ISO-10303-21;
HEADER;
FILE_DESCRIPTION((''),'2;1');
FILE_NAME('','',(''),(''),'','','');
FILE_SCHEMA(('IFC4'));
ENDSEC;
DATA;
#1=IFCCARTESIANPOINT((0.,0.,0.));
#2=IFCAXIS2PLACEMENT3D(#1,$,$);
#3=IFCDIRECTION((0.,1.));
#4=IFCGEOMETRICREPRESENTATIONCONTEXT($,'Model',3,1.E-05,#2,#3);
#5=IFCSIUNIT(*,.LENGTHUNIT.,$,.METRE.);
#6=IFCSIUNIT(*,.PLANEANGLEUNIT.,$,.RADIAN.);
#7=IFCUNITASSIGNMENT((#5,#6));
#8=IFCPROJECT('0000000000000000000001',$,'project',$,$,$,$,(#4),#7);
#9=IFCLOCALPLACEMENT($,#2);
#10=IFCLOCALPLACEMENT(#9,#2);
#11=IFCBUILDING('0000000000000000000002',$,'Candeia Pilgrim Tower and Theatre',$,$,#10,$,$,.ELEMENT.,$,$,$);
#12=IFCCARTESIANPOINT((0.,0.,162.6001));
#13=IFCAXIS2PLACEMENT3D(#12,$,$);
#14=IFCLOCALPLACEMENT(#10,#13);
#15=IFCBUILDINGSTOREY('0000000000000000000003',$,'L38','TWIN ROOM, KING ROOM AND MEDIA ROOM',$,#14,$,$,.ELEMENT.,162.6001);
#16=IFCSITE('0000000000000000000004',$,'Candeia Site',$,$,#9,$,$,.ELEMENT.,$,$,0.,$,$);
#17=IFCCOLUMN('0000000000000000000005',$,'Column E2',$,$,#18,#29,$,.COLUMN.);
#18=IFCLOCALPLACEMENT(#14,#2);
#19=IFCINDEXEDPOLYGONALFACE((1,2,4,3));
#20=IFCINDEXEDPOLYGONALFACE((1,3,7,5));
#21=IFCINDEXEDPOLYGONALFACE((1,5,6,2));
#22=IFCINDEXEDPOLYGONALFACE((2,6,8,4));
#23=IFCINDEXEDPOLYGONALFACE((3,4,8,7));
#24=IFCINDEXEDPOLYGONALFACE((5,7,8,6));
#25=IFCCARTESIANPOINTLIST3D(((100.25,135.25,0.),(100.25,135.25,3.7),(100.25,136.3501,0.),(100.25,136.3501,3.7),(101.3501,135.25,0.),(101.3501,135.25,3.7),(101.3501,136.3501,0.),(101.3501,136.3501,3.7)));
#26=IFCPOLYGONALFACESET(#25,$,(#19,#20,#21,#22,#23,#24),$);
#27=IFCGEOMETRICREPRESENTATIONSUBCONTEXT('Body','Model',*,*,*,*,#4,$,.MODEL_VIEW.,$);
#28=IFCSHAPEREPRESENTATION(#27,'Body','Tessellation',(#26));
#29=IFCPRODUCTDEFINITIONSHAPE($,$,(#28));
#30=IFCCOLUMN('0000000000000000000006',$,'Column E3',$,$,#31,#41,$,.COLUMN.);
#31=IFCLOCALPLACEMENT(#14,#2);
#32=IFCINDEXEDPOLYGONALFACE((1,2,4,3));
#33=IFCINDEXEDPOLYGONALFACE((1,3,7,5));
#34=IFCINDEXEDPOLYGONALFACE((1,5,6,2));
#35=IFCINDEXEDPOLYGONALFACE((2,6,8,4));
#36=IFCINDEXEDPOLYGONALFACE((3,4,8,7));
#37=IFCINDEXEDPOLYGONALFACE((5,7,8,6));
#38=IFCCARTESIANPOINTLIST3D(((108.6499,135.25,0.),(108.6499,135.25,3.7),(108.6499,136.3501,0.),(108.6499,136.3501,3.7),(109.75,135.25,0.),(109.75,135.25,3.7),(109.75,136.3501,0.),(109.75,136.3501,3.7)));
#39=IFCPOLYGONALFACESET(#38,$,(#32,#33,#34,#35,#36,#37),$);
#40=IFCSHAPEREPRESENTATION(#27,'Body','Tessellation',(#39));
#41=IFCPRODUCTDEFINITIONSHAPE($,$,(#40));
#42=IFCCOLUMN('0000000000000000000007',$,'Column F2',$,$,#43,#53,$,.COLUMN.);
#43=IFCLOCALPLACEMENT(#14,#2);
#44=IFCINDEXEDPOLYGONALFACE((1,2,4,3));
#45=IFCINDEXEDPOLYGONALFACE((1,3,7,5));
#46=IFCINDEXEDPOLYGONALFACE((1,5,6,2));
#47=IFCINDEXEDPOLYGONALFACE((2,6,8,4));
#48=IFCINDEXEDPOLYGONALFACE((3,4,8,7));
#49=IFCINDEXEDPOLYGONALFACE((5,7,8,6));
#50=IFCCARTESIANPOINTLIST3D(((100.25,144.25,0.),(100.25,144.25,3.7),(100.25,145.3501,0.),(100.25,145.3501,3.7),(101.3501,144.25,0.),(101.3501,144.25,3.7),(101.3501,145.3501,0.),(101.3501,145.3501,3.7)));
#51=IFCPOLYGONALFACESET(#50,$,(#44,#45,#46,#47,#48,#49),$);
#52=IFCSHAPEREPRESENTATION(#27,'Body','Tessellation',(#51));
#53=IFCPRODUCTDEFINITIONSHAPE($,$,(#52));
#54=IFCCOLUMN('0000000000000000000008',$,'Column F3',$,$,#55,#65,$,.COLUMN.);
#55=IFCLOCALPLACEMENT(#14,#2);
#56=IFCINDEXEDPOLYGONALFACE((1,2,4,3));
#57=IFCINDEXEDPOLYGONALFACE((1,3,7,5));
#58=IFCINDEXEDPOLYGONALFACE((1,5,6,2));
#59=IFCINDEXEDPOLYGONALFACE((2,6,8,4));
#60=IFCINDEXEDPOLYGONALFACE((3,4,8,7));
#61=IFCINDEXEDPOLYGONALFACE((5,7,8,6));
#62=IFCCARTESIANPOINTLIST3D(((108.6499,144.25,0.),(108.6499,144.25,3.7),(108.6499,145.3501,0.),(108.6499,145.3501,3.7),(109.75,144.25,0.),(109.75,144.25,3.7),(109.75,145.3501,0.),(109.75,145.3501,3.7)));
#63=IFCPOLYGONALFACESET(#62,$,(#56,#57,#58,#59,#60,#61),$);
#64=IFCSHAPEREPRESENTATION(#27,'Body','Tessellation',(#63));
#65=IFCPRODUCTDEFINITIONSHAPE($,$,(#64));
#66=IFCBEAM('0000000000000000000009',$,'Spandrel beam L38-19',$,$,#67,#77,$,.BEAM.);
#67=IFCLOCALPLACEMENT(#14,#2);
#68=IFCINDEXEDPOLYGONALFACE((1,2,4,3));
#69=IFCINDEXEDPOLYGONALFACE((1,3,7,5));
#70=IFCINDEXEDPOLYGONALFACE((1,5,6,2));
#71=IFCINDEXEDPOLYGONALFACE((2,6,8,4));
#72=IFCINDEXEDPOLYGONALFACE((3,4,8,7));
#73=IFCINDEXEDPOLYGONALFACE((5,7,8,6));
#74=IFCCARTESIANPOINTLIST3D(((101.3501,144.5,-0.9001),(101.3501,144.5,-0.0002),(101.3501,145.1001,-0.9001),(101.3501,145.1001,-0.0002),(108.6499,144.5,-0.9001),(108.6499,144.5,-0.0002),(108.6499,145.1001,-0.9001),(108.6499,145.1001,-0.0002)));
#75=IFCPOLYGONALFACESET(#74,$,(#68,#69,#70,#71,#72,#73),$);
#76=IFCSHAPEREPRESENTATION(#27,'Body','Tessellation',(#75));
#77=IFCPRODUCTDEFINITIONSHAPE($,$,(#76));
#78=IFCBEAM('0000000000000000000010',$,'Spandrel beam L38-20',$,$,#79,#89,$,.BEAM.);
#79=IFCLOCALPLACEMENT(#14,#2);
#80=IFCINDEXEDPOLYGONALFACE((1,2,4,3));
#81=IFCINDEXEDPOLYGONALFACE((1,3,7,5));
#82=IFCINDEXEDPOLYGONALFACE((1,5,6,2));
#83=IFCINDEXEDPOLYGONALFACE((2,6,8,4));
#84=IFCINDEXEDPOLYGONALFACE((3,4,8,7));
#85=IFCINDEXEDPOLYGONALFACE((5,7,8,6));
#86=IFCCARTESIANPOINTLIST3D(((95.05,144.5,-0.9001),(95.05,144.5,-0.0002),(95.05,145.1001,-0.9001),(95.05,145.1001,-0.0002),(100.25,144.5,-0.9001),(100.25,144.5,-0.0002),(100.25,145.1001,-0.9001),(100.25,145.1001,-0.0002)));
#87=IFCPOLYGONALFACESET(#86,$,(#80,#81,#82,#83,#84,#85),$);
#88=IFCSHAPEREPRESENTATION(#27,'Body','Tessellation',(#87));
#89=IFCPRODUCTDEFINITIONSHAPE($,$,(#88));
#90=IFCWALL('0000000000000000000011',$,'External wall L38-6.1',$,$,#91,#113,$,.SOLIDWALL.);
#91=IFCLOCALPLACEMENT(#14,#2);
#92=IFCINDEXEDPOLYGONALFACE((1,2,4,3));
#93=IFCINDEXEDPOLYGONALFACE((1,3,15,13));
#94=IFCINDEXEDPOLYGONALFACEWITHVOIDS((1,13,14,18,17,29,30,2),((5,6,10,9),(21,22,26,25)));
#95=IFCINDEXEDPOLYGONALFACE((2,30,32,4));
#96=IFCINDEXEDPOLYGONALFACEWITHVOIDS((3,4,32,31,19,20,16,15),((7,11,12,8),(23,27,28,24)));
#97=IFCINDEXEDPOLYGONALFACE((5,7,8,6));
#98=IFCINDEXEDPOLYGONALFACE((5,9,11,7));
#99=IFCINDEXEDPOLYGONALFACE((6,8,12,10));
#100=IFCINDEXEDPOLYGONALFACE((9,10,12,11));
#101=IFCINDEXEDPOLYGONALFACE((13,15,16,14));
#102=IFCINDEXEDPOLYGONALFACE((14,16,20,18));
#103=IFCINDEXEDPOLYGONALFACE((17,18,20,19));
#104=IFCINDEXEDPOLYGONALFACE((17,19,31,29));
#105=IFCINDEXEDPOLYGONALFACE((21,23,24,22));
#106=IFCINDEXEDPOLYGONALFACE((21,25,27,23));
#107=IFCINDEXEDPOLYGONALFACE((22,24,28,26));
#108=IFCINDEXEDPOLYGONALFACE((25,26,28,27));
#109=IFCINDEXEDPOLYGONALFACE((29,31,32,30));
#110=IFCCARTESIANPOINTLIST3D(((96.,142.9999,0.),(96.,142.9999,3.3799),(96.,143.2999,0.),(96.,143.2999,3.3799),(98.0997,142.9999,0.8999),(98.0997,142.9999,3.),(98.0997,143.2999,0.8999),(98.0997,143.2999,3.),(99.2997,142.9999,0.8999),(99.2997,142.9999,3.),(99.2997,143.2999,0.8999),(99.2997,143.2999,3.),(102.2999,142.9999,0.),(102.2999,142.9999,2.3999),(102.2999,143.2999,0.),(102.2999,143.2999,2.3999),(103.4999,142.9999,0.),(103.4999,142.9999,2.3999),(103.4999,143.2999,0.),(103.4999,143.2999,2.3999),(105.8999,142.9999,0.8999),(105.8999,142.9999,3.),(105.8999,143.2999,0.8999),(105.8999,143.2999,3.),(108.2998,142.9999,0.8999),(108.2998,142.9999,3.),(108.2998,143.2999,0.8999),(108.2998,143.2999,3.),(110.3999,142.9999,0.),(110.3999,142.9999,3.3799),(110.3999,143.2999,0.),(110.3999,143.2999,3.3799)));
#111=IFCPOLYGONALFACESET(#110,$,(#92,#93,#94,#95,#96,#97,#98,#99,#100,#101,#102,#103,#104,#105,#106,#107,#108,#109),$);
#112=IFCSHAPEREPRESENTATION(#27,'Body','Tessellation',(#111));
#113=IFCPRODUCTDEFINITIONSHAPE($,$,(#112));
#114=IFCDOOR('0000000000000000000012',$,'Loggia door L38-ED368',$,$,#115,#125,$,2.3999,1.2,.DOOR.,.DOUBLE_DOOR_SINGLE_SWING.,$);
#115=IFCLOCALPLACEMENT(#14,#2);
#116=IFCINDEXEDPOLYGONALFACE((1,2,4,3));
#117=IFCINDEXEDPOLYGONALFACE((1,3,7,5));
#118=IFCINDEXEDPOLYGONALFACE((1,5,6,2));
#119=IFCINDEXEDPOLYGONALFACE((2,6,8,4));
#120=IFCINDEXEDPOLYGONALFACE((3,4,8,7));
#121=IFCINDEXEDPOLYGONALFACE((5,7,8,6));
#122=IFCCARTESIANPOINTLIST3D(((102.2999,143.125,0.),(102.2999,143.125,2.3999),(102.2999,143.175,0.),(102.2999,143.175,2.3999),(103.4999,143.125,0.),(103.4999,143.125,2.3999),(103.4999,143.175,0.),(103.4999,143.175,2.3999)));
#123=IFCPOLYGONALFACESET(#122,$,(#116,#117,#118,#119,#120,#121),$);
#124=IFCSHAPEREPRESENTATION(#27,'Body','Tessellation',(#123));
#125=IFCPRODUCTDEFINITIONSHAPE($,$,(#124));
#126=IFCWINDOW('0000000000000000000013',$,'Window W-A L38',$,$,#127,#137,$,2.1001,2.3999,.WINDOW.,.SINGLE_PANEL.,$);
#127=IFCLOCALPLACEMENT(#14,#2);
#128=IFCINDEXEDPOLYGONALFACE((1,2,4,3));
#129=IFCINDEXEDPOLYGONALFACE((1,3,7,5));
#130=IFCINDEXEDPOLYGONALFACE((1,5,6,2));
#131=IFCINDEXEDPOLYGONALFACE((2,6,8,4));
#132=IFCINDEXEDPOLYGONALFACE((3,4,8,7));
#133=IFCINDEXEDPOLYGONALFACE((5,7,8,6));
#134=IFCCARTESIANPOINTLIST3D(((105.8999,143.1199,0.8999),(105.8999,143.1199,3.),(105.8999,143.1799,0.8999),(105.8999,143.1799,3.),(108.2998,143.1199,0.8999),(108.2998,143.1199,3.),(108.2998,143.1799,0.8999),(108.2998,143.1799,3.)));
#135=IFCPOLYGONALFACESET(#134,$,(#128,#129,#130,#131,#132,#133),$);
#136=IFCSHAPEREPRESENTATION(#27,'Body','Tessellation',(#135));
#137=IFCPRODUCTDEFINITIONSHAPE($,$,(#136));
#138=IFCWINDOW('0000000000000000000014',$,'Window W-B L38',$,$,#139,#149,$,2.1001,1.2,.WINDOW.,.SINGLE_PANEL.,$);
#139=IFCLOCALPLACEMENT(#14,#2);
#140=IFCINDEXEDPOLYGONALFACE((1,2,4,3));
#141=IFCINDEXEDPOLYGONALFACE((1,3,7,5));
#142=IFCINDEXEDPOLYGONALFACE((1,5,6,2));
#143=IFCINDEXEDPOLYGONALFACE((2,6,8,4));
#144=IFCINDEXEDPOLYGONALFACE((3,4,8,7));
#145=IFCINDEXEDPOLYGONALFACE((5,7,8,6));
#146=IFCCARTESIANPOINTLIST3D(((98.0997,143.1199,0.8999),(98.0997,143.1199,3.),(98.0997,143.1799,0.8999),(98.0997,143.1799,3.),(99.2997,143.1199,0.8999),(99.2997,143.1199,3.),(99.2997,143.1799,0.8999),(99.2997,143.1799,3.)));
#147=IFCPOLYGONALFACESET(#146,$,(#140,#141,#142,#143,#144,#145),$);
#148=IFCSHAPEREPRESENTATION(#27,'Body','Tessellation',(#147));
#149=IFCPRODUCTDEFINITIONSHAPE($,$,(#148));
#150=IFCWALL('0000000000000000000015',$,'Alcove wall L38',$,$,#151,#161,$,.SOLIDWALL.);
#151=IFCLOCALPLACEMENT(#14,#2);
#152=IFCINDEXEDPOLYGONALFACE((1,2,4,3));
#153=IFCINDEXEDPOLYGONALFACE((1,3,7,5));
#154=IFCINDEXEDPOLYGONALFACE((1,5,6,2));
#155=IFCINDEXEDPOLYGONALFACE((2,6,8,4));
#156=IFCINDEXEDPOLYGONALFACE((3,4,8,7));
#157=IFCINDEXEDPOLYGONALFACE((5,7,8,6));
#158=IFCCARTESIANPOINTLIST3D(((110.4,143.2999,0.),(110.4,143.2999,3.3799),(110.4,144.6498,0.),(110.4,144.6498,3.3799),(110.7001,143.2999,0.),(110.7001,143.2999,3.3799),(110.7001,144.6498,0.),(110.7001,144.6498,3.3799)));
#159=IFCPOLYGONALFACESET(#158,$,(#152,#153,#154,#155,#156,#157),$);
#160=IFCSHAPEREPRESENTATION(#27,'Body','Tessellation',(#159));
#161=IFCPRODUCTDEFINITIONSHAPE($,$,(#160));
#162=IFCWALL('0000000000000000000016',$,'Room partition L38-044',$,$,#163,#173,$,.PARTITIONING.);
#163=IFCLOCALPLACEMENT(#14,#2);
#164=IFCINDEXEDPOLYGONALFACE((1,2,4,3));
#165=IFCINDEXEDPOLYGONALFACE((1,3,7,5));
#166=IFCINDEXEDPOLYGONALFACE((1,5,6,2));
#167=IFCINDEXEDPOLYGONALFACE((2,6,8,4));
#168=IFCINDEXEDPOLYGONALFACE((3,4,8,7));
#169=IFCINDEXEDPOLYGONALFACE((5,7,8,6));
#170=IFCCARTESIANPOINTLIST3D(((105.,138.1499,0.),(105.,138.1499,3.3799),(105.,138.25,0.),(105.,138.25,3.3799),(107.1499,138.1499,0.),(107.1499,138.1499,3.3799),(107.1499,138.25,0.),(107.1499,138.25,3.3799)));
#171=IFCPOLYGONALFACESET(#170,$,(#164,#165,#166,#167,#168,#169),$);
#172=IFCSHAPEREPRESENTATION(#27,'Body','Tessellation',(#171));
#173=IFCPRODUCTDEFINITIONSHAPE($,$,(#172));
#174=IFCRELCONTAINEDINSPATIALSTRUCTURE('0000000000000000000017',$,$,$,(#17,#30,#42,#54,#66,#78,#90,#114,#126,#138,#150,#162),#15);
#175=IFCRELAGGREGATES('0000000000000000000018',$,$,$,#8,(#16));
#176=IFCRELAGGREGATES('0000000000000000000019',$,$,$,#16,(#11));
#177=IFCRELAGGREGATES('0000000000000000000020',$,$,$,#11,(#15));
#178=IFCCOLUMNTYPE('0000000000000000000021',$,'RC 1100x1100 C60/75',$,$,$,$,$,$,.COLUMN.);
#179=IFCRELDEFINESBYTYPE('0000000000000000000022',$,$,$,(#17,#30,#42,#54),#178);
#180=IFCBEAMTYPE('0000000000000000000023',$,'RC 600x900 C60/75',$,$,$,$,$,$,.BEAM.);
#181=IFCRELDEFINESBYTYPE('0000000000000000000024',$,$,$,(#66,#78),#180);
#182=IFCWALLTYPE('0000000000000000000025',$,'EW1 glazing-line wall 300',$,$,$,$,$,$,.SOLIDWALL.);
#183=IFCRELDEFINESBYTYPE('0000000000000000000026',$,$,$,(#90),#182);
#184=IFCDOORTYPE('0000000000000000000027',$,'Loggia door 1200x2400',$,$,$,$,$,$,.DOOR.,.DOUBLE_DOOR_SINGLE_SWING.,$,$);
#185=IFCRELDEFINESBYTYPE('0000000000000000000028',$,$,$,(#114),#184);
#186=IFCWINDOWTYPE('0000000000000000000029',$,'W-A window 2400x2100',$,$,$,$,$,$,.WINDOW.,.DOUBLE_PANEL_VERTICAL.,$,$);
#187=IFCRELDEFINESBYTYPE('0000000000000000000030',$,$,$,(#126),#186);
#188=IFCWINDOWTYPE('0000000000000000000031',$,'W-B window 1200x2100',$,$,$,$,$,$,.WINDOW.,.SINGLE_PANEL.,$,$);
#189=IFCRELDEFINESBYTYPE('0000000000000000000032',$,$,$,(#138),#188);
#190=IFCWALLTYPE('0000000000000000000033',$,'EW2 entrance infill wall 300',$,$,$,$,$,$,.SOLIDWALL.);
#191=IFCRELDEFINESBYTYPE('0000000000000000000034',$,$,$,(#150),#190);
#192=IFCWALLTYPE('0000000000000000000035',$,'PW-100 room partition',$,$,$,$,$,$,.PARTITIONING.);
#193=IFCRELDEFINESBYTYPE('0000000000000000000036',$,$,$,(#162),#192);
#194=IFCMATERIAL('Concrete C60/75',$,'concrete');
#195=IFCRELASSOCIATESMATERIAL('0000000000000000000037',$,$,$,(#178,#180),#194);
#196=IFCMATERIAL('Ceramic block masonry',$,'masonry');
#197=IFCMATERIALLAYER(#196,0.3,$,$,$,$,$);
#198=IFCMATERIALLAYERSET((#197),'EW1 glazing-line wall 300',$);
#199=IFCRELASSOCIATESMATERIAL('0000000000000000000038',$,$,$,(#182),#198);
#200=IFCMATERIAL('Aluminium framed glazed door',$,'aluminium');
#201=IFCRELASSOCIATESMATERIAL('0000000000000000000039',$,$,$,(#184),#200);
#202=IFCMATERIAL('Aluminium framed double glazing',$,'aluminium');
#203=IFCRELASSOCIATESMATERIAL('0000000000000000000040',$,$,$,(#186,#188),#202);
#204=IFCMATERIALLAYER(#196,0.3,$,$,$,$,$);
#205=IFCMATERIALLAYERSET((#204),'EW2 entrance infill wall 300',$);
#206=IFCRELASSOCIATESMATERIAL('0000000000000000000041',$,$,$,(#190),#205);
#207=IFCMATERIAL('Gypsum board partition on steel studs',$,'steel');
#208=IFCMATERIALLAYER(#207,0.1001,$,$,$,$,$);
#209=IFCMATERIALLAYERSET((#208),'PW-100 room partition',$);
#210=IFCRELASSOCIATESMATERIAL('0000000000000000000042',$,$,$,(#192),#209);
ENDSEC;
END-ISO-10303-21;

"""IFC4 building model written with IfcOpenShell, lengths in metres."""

from ifc_helpers import new_model, si_unit, direction, frame, frame_2d, origin, origin_2d, place, context, subcontext, project, spatial, rectangle, extrude, material, layer, layer_set, material_profile, profile_set, type_object, element, fill, save


model = new_model("IFC4")

# Units and contexts
model_context = context("Model", 3, precision=1e-05, world=origin(), true_north=direction((0.0, 1.0)))
body_context = subcontext(model_context, "Body", "Model", "MODEL_VIEW")
ifc_project = project(units=[si_unit("LENGTHUNIT", "METRE"), si_unit("PLANEANGLEUNIT", "RADIAN")], contexts=[model_context])

# Site, building, storey
site_placement = place(None, origin())
site = spatial("IfcSite", under=ifc_project, at=site_placement, Name="Candeia Site", CompositionType="ELEMENT", RefElevation=0.0)
building_placement = place(site_placement, origin())
building = spatial("IfcBuilding", under=site, at=building_placement, Name="Candeia Pilgrim Tower and Theatre", CompositionType="ELEMENT")
storey_placement = place(building_placement, frame((0.0, 0.0, 162.6001)))
storey = spatial("IfcBuildingStorey", under=building, at=storey_placement, Name="L38", Description="TWIN ROOM, KING ROOM AND MEDIA ROOM", CompositionType="ELEMENT", Elevation=162.6001)

# Columns
ifc_material_1 = material(Name="Concrete C60/75", Category="concrete")
ifc_material_profile_1 = material_profile(ifc_material_1, rectangle(XDim=1.1001, YDim=1.1001, at=origin_2d()))
ifc_profile_set_1 = profile_set([ifc_material_profile_1], Name="Concrete C60/75")
column_type = type_object("IfcColumnType", Name="RC 1100x1100 C60/75", PredefinedType="COLUMN", material=ifc_profile_set_1)
for number, where, z_axis, x_axis, name in (
    (1, (100.8, 135.8, 0.0), (0.0, 0.0, 1.0), (1.0, 0.0, 0.0), "Column E2"),
    (2, (109.2, 135.8, 0.0), (0.0, 0.0, 1.0), (1.0, 0.0, 0.0), "Column E3"),
    (3, (100.8, 144.8, 0.0), (0.0, 0.0, 1.0), (1.0, 0.0, 0.0), "Column F2"),
    (4, (109.2, 144.8, 0.0), (0.0, 0.0, 1.0), (1.0, 0.0, 0.0), "Column F3"),
):
    element("IfcColumn", number, at=place(storey_placement, frame(where, z_axis=z_axis, x_axis=x_axis)), inside=storey, type_object=column_type, Name=name, PredefinedType="COLUMN", context=body_context, shape_type="SweptSolid", body=[
        extrude(rectangle(XDim=1.1001, YDim=1.1001, at=origin_2d()), origin(), (0.0, 0.0, 1.0), 3.7),
    ])

# Beams
ifc_material_profile_2 = material_profile(ifc_material_1, rectangle(XDim=0.6001, YDim=0.8999, at=origin_2d()))
ifc_profile_set_2 = profile_set([ifc_material_profile_2], Name="Concrete C60/75")
beam_type = type_object("IfcBeamType", Name="RC 600x900 C60/75", PredefinedType="BEAM", material=ifc_profile_set_2)
beam_1_placement = place(storey_placement, frame((108.6499, 144.8, -0.4502), z_axis=(-1.0, 0.0, 0.0), x_axis=(0.0, -1.0, 0.0)))
element("IfcBeam", 5, at=beam_1_placement, inside=storey, type_object=beam_type, Name="Spandrel beam L38-19", PredefinedType="BEAM", context=body_context, shape_type="SweptSolid", body=[
    extrude(rectangle(XDim=0.6001, YDim=0.8999, at=origin_2d()), origin(), (0.0, 0.0, 1.0), 7.2998),
])
beam_2_placement = place(storey_placement, frame((100.25, 144.8, -0.4502), z_axis=(-1.0, 0.0, 0.0), x_axis=(0.0, -1.0, 0.0)))
element("IfcBeam", 6, at=beam_2_placement, inside=storey, type_object=beam_type, Name="Spandrel beam L38-20", PredefinedType="BEAM", context=body_context, shape_type="SweptSolid", body=[
    extrude(rectangle(XDim=0.6001, YDim=0.8999, at=origin_2d()), origin(), (0.0, 0.0, 1.0), 5.2),
])

# Wall, openings, door, windows
ifc_material_2 = material(Name="Ceramic block masonry", Category="masonry")
ifc_layer_1 = layer(ifc_material_2, 0.3)
ifc_layer_set_1 = layer_set([ifc_layer_1], Name="EW1 glazing-line wall 300")
wall_type_1 = type_object("IfcWallType", Name="EW1 glazing-line wall 300", PredefinedType="SOLIDWALL", material=ifc_layer_set_1)
wall_1_placement = place(storey_placement, frame((110.3999, 143.1499, 0.0), z_axis=(0.0, 0.0, 1.0), x_axis=(-1.0, 0.0, 0.0)))
wall_1 = element("IfcWall", 7, at=wall_1_placement, inside=storey, type_object=wall_type_1, Name="External wall L38-6.1", PredefinedType="SOLIDWALL", context=body_context, shape_type="SweptSolid", body=[
    extrude(rectangle(XDim=14.3999, YDim=0.3, at=frame_2d((7.2, 0.0))), origin(), (0.0, 0.0, 1.0), 3.3799),
])
opening_1_placement = place(wall_1_placement, frame((2.1001, 0.0, 0.8999)))
opening_1 = element("IfcOpeningElement", 8, at=opening_1_placement, cuts=wall_1, PredefinedType="OPENING", context=body_context, shape_type="SweptSolid", body=[
    extrude(rectangle(XDim=2.3999, YDim=2.1001, at=frame_2d((1.2, 1.05))), frame((0.0, 0.1602, 0.0), z_axis=(0.0, -1.0, 0.0), x_axis=(1.0, 0.0, 0.0)), (0.0, 0.0, 1.0), 0.3201),
])
opening_2_placement = place(wall_1_placement, frame((6.8999, 0.0, 0.0)))
opening_2 = element("IfcOpeningElement", 9, at=opening_2_placement, cuts=wall_1, PredefinedType="OPENING", context=body_context, shape_type="SweptSolid", body=[
    extrude(rectangle(XDim=1.2, YDim=2.3999, at=frame_2d((0.6001, 1.2))), frame((0.0, 0.1602, 0.0), z_axis=(0.0, -1.0, 0.0), x_axis=(1.0, 0.0, 0.0)), (0.0, 0.0, 1.0), 0.3201),
])
opening_3_placement = place(wall_1_placement, frame((11.1001, 0.0, 0.8999)))
opening_3 = element("IfcOpeningElement", 10, at=opening_3_placement, cuts=wall_1, PredefinedType="OPENING", context=body_context, shape_type="SweptSolid", body=[
    extrude(rectangle(XDim=1.2, YDim=2.1001, at=frame_2d((0.6001, 1.05))), frame((0.0, 0.1602, 0.0), z_axis=(0.0, -1.0, 0.0), x_axis=(1.0, 0.0, 0.0)), (0.0, 0.0, 1.0), 0.3201),
])
ifc_material_3 = material(Name="Aluminium framed glazed door", Category="aluminium")
door_type_1 = type_object("IfcDoorType", Name="Loggia door 1200x2400", OperationType="DOUBLE_DOOR_SINGLE_SWING", PredefinedType="DOOR", material=ifc_material_3)
door_1_placement = place(opening_2_placement, origin())
door_1 = element("IfcDoor", 11, at=door_1_placement, inside=storey, type_object=door_type_1, Name="Loggia door L38-ED368", OperationType="DOUBLE_DOOR_SINGLE_SWING", OverallHeight=2.3999, OverallWidth=1.2, PredefinedType="DOOR", context=body_context, shape_type="SweptSolid", body=[
    extrude(rectangle(XDim=1.2, YDim=2.3999, at=frame_2d((0.6001, 1.2))), frame((0.0, 0.0249, 0.0), z_axis=(0.0, -1.0, 0.0), x_axis=(1.0, 0.0, 0.0)), (0.0, 0.0, 1.0), 0.05),
])
fill(opening_2, door_1)
ifc_material_4 = material(Name="Aluminium framed double glazing", Category="aluminium")
window_type_1 = type_object("IfcWindowType", Name="W-A window 2400x2100", PartitioningType="DOUBLE_PANEL_VERTICAL", PredefinedType="WINDOW", material=ifc_material_4)
window_1_placement = place(opening_1_placement, origin())
window_1 = element("IfcWindow", 12, at=window_1_placement, inside=storey, type_object=window_type_1, Name="Window W-A L38", OverallHeight=2.1001, OverallWidth=2.3999, PartitioningType="SINGLE_PANEL", PredefinedType="WINDOW", context=body_context, shape_type="SweptSolid", body=[
    extrude(rectangle(XDim=2.3999, YDim=2.1001, at=frame_2d((1.2, 1.05))), frame((0.0, 0.03, 0.0), z_axis=(0.0, -1.0, 0.0), x_axis=(1.0, 0.0, 0.0)), (0.0, 0.0, 1.0), 0.0601),
])
fill(opening_1, window_1)
window_type_2 = type_object("IfcWindowType", Name="W-B window 1200x2100", PartitioningType="SINGLE_PANEL", PredefinedType="WINDOW", material=ifc_material_4)
window_2_placement = place(opening_3_placement, origin())
window_2 = element("IfcWindow", 13, at=window_2_placement, inside=storey, type_object=window_type_2, Name="Window W-B L38", OverallHeight=2.1001, OverallWidth=1.2, PartitioningType="SINGLE_PANEL", PredefinedType="WINDOW", context=body_context, shape_type="SweptSolid", body=[
    extrude(rectangle(XDim=1.2, YDim=2.1001, at=frame_2d((0.6001, 1.05))), frame((0.0, 0.03, 0.0), z_axis=(0.0, -1.0, 0.0), x_axis=(1.0, 0.0, 0.0)), (0.0, 0.0, 1.0), 0.0601),
])
fill(opening_3, window_2)

# Walls
ifc_layer_2 = layer(ifc_material_2, 0.3)
ifc_layer_set_2 = layer_set([ifc_layer_2], Name="EW2 entrance infill wall 300")
wall_type_2 = type_object("IfcWallType", Name="EW2 entrance infill wall 300", PredefinedType="SOLIDWALL", material=ifc_layer_set_2)
wall_2_placement = place(storey_placement, frame((110.55, 143.3, 0.0), z_axis=(0.0, 0.0, 1.0), x_axis=(0.0, 1.0, 0.0)))
element("IfcWall", 14, at=wall_2_placement, inside=storey, type_object=wall_type_2, Name="Alcove wall L38", PredefinedType="SOLIDWALL", context=body_context, shape_type="SweptSolid", body=[
    extrude(rectangle(XDim=1.3499, YDim=0.3, at=frame_2d((0.6748, 0.0))), origin(), (0.0, 0.0, 1.0), 3.3799),
])
ifc_material_5 = material(Name="Gypsum board partition on steel studs", Category="steel")
ifc_layer_3 = layer(ifc_material_5, 0.1001)
ifc_layer_set_3 = layer_set([ifc_layer_3], Name="PW-100 room partition")
wall_type_3 = type_object("IfcWallType", Name="PW-100 room partition", PredefinedType="PARTITIONING", material=ifc_layer_set_3)
for number, where, z_axis, x_axis, name in (
    (15, (105.0, 138.2, 0.0), (0.0, 0.0, 1.0), (1.0, 0.0, 0.0), "Room partition L38-044"),
):
    element("IfcWall", number, at=place(storey_placement, frame(where, z_axis=z_axis, x_axis=x_axis)), inside=storey, type_object=wall_type_3, Name=name, PredefinedType="PARTITIONING", context=body_context, shape_type="SweptSolid", body=[
        extrude(rectangle(XDim=2.1499, YDim=0.1001, at=frame_2d((1.075, 0.0))), origin(), (0.0, 0.0, 1.0), 3.3799),
    ])

save(model, "model.ifc")
